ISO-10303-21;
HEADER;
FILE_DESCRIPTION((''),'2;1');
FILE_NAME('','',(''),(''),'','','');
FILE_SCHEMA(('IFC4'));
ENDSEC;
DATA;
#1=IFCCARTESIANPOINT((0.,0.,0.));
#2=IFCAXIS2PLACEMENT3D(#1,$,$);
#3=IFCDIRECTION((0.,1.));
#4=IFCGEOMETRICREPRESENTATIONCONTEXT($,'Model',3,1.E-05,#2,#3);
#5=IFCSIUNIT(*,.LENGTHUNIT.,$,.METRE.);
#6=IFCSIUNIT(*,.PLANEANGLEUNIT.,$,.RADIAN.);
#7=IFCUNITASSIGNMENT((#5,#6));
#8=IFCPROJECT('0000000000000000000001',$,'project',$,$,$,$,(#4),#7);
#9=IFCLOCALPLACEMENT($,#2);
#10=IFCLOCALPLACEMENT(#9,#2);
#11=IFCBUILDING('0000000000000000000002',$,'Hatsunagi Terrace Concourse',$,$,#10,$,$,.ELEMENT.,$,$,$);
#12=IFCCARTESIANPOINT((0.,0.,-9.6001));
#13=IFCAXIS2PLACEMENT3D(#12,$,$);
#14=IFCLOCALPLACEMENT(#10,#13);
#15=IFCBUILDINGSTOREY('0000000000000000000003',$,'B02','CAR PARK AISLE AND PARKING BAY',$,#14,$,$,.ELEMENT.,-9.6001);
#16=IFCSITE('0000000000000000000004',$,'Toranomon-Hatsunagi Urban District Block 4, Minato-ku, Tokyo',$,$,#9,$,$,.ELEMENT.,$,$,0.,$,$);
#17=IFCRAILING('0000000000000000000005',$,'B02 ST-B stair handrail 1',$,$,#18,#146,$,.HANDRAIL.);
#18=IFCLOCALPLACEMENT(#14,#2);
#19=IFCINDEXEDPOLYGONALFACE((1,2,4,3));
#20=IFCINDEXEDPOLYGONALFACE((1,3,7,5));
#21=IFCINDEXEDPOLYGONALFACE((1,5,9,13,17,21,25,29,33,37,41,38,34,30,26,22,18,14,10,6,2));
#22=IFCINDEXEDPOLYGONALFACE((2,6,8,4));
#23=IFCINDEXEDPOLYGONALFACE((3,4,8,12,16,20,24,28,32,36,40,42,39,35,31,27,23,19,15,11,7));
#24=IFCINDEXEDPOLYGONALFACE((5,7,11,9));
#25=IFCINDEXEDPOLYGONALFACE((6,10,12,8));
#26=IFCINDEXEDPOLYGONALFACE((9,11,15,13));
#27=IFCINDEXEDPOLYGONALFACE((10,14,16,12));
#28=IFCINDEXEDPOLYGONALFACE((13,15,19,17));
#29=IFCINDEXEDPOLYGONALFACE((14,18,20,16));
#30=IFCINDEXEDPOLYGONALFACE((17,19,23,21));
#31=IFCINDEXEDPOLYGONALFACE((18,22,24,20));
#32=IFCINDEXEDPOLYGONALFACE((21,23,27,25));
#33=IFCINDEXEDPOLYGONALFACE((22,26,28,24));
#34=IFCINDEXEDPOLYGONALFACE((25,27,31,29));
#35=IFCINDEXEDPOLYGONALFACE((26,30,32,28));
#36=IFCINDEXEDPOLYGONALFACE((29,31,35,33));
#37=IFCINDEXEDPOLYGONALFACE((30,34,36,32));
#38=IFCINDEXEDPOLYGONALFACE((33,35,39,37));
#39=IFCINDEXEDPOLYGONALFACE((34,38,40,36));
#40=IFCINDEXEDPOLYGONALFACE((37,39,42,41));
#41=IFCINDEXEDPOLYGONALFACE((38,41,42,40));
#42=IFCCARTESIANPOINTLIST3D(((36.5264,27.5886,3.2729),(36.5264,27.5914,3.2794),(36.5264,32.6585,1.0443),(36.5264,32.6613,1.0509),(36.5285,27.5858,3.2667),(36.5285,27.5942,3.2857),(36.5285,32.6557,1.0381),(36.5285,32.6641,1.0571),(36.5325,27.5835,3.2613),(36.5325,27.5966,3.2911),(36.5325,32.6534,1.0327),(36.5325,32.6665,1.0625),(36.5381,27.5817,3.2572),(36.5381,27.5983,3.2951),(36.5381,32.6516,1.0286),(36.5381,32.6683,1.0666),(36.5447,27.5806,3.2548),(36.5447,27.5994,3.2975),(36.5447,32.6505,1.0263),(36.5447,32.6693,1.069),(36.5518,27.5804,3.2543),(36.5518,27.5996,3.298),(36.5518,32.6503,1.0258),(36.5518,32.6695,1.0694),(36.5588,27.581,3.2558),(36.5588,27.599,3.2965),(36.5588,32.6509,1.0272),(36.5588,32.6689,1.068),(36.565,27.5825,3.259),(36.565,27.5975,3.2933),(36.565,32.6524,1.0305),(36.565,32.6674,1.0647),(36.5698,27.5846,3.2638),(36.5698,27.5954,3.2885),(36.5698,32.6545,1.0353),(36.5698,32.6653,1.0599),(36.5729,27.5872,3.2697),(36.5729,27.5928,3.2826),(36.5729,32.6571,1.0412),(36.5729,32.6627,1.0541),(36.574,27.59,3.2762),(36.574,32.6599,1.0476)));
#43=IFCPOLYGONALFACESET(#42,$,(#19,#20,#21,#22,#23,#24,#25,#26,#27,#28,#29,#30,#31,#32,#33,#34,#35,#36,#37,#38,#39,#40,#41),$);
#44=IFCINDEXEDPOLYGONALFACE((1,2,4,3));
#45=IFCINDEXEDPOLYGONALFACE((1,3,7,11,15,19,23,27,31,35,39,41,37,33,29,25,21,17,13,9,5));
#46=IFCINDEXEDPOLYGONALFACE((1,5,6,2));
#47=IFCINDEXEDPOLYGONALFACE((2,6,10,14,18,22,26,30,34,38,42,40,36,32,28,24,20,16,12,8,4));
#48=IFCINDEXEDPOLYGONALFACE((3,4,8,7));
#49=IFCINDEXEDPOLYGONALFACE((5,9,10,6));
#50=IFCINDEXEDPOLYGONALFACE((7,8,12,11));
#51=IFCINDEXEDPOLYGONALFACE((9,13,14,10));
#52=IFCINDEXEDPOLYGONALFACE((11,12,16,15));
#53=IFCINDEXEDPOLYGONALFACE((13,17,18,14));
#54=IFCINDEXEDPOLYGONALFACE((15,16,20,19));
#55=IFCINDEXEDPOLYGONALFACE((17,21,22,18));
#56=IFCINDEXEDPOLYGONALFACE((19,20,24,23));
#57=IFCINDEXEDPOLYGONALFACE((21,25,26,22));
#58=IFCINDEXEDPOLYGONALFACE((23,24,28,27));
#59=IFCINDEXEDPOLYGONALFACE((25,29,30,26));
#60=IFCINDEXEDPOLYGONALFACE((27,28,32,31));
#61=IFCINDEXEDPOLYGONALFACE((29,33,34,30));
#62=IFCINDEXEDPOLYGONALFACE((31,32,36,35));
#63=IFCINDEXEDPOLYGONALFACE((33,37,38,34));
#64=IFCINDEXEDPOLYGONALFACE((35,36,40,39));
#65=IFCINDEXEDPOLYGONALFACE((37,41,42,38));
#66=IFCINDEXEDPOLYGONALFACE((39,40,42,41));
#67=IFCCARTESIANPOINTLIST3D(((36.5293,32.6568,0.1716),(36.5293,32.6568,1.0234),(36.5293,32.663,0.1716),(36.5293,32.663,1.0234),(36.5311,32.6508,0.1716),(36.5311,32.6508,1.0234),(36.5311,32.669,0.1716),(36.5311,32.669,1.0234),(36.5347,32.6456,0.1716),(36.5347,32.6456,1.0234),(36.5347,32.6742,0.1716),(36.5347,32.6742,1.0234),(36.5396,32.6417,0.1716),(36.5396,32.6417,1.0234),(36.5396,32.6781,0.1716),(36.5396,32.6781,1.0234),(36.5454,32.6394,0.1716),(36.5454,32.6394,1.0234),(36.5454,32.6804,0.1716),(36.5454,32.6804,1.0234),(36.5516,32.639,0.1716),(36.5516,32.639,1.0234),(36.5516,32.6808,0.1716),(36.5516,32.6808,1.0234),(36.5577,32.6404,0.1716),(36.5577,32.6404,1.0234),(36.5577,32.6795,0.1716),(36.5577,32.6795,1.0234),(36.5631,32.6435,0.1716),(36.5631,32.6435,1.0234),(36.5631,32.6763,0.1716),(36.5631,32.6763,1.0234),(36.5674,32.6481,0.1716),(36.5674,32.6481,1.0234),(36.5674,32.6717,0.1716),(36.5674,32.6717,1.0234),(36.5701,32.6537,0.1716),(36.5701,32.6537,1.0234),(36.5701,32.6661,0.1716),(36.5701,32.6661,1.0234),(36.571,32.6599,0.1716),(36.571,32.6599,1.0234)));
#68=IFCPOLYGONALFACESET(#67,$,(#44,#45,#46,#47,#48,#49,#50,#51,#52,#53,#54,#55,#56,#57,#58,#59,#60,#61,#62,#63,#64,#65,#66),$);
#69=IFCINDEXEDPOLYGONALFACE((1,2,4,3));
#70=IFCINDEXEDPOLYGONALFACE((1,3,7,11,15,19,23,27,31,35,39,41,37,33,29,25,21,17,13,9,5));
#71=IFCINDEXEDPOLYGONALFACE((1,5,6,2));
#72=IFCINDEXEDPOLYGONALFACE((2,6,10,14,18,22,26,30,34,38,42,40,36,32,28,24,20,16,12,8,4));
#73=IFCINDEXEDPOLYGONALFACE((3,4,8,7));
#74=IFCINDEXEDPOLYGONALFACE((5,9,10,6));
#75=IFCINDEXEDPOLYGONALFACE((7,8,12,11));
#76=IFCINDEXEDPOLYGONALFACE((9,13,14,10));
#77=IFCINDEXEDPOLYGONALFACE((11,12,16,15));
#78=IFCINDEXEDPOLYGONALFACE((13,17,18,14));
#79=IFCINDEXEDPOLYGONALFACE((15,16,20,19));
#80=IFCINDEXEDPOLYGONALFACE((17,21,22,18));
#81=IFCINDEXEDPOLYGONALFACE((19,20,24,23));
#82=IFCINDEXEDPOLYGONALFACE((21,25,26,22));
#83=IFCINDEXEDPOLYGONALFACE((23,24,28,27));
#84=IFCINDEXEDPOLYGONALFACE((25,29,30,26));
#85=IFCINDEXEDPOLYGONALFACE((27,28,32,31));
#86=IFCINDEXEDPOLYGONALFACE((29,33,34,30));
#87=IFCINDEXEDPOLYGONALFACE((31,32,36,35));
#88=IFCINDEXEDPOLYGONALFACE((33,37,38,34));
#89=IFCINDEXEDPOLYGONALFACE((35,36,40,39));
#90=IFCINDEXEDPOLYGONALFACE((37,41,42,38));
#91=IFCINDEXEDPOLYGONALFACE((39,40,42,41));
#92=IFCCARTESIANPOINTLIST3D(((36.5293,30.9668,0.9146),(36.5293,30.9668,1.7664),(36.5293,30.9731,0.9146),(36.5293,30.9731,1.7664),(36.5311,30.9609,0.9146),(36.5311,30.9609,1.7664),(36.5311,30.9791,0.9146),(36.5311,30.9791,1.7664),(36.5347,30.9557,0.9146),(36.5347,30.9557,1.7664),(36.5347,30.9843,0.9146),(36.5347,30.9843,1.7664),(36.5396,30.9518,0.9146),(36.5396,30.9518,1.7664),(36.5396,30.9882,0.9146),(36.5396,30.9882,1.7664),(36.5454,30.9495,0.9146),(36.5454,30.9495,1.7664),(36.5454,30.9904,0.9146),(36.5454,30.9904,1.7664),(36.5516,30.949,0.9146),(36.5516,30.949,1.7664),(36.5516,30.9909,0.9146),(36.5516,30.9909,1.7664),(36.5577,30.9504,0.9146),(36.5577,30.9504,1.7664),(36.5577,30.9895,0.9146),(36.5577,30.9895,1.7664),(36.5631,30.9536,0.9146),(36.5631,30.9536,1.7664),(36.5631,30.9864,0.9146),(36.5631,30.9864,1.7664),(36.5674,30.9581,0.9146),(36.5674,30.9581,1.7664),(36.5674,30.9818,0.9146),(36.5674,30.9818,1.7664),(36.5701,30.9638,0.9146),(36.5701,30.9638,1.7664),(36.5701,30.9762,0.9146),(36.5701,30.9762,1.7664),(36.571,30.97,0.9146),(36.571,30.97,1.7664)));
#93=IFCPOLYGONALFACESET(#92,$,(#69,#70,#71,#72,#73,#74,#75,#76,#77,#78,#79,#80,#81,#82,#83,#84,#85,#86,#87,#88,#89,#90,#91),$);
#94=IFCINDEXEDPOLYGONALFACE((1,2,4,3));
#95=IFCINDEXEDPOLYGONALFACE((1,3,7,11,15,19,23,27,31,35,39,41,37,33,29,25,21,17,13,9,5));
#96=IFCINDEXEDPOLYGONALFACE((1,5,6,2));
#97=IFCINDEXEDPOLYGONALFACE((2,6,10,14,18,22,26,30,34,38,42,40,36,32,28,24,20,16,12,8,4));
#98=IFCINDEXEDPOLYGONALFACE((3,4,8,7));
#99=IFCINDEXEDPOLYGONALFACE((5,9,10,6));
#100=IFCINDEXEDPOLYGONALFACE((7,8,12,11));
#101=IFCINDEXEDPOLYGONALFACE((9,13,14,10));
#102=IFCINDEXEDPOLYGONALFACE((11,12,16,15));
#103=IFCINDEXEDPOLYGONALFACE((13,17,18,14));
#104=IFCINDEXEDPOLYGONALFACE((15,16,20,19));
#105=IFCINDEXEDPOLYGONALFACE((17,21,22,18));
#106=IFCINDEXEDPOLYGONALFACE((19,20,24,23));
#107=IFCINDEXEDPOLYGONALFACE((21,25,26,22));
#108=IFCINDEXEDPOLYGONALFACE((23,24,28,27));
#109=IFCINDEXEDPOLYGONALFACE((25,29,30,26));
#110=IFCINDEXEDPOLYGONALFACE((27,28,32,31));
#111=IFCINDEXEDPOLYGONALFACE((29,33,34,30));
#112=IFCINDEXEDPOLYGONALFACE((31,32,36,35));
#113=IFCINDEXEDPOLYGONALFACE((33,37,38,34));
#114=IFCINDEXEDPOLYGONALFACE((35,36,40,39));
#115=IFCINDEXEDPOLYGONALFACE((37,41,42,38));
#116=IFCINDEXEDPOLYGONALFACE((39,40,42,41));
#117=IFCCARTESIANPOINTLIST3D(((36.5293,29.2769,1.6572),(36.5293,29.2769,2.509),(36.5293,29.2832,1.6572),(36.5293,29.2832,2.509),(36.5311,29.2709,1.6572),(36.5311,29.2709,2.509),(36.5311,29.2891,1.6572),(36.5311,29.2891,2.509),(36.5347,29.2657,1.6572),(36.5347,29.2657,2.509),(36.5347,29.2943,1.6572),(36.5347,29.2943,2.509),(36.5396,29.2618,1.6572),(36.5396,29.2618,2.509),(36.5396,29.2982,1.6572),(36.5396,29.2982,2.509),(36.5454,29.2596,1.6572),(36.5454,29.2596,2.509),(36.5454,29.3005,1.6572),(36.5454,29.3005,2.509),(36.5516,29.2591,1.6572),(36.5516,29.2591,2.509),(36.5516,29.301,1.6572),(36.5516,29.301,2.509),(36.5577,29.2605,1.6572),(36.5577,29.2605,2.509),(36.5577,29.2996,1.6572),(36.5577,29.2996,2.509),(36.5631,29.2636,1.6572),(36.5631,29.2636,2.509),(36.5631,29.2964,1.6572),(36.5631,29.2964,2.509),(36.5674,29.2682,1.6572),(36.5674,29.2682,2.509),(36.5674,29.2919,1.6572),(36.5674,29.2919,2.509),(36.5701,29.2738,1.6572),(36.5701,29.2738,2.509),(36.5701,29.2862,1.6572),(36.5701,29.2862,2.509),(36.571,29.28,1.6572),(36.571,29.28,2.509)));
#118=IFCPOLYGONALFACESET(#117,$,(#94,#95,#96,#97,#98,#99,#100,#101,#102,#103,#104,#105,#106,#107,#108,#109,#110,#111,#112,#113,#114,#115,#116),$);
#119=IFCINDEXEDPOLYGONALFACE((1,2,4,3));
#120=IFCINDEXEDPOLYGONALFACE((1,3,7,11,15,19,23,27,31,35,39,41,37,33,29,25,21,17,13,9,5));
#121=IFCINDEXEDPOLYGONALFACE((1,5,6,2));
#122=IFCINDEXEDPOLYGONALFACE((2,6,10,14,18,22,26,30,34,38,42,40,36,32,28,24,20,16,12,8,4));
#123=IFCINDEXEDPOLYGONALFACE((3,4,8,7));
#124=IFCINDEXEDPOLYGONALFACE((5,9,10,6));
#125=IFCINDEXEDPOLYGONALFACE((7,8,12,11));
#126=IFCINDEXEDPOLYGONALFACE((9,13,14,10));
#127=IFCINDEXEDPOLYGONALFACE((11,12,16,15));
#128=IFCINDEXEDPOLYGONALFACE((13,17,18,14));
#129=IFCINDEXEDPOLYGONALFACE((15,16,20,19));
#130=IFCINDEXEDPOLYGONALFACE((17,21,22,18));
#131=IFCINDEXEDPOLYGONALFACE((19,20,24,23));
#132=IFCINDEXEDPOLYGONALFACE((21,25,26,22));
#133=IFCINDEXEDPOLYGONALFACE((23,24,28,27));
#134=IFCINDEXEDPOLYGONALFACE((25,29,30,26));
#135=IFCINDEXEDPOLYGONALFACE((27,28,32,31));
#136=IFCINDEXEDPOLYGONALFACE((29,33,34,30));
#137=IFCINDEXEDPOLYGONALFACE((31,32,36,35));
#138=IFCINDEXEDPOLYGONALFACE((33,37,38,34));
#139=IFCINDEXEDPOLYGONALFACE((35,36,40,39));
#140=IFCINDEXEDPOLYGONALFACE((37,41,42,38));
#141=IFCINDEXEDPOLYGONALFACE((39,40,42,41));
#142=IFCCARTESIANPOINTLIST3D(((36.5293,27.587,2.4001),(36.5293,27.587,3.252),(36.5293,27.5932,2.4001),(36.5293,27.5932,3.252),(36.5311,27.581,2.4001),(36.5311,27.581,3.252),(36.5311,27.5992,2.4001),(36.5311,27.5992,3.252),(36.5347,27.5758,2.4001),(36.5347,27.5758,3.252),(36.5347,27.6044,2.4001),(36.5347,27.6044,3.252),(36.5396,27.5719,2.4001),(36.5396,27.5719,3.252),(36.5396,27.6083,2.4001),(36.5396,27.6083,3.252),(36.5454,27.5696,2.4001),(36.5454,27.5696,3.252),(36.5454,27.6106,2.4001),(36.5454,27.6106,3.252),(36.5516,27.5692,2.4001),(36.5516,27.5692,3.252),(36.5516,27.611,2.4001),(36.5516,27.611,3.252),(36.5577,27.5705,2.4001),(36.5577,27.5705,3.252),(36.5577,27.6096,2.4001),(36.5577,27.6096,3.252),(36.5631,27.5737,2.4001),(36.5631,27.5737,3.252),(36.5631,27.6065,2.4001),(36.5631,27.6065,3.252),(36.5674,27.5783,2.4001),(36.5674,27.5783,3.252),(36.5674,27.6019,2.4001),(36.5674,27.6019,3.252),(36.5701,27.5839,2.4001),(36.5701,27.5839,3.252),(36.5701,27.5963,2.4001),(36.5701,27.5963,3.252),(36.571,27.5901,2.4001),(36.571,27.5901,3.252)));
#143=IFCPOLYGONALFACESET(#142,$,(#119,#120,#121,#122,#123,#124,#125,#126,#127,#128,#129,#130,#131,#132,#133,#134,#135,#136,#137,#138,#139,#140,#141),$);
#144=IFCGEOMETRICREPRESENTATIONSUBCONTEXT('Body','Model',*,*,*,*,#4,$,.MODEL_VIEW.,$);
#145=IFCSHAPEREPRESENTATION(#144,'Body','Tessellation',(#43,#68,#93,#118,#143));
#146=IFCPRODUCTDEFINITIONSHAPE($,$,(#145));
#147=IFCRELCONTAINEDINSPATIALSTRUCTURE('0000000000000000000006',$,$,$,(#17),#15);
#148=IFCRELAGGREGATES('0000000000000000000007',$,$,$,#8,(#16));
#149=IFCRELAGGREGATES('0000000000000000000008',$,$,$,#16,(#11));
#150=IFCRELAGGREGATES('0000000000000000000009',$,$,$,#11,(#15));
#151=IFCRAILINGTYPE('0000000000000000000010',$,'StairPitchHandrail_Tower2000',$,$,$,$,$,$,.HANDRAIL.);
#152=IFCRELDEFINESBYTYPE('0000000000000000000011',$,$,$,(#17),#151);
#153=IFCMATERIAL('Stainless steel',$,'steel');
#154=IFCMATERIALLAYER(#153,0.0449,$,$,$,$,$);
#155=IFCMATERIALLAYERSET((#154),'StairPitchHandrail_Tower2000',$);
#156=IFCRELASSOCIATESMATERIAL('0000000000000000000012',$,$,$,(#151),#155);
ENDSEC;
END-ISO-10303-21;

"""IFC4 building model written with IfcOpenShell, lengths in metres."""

from ifc_helpers import new_model, si_unit, direction, frame, origin, origin_2d, place, context, subcontext, project, spatial, circle, extrude, material, layer, layer_set, type_object, element, save


model = new_model("IFC4")

# Units and contexts
model_context = context("Model", 3, precision=1e-05, world=origin(), true_north=direction((0.0, 1.0)))
body_context = subcontext(model_context, "Body", "Model", "MODEL_VIEW")
ifc_project = project(units=[si_unit("LENGTHUNIT", "METRE"), si_unit("PLANEANGLEUNIT", "RADIAN")], contexts=[model_context])

# Site, building, storey
site_placement = place(None, origin())
site = spatial("IfcSite", under=ifc_project, at=site_placement, Name="Toranomon-Hatsunagi Urban District Block 4, Minato-ku, Tokyo", CompositionType="ELEMENT", RefElevation=0.0)
building_placement = place(site_placement, origin())
building = spatial("IfcBuilding", under=site, at=building_placement, Name="Hatsunagi Terrace Concourse", CompositionType="ELEMENT")
storey_placement = place(building_placement, frame((0.0, 0.0, -9.6001)))
storey = spatial("IfcBuildingStorey", under=building, at=storey_placement, Name="B02", Description="CAR PARK AISLE AND PARKING BAY", CompositionType="ELEMENT", Elevation=-9.6001)

# Railing
ifc_material_1 = material(Name="Stainless steel", Category="steel")
ifc_layer_1 = layer(ifc_material_1, 0.0449)
ifc_layer_set_1 = layer_set([ifc_layer_1], Name="StairPitchHandrail_Tower2000")
railing_type_1 = type_object("IfcRailingType", Name="StairPitchHandrail_Tower2000", PredefinedType="HANDRAIL", material=ifc_layer_set_1)
railing_1_placement = place(storey_placement, frame((36.55, 32.6599, 0.1716)))
element("IfcRailing", 1, at=railing_1_placement, inside=storey, type_object=railing_type_1, Name="B02 ST-B stair handrail 1", PredefinedType="HANDRAIL", context=body_context, shape_type="SweptSolid", body=[
    extrude(circle(Radius=0.0239, at=origin_2d()), frame((0.0, 0.0, 0.876), z_axis=(0.0, -0.915462, 0.402405), x_axis=(1.0, 0.0, 0.0)), (0.0, 0.0, 1.0), 5.5381),
    extrude(circle(Radius=0.021, at=origin_2d()), origin(), (0.0, 0.0, 1.0), 0.8518),
    extrude(circle(Radius=0.021, at=origin_2d()), frame((0.0, -1.6899, 0.7429)), (0.0, 0.0, 1.0), 0.8518),
    extrude(circle(Radius=0.021, at=origin_2d()), frame((0.0, -3.3799, 1.4856)), (0.0, 0.0, 1.0), 0.8518),
    extrude(circle(Radius=0.021, at=origin_2d()), frame((0.0, -5.0698, 2.2285)), (0.0, 0.0, 1.0), 0.8518),
])

save(model, "model.ifc")
